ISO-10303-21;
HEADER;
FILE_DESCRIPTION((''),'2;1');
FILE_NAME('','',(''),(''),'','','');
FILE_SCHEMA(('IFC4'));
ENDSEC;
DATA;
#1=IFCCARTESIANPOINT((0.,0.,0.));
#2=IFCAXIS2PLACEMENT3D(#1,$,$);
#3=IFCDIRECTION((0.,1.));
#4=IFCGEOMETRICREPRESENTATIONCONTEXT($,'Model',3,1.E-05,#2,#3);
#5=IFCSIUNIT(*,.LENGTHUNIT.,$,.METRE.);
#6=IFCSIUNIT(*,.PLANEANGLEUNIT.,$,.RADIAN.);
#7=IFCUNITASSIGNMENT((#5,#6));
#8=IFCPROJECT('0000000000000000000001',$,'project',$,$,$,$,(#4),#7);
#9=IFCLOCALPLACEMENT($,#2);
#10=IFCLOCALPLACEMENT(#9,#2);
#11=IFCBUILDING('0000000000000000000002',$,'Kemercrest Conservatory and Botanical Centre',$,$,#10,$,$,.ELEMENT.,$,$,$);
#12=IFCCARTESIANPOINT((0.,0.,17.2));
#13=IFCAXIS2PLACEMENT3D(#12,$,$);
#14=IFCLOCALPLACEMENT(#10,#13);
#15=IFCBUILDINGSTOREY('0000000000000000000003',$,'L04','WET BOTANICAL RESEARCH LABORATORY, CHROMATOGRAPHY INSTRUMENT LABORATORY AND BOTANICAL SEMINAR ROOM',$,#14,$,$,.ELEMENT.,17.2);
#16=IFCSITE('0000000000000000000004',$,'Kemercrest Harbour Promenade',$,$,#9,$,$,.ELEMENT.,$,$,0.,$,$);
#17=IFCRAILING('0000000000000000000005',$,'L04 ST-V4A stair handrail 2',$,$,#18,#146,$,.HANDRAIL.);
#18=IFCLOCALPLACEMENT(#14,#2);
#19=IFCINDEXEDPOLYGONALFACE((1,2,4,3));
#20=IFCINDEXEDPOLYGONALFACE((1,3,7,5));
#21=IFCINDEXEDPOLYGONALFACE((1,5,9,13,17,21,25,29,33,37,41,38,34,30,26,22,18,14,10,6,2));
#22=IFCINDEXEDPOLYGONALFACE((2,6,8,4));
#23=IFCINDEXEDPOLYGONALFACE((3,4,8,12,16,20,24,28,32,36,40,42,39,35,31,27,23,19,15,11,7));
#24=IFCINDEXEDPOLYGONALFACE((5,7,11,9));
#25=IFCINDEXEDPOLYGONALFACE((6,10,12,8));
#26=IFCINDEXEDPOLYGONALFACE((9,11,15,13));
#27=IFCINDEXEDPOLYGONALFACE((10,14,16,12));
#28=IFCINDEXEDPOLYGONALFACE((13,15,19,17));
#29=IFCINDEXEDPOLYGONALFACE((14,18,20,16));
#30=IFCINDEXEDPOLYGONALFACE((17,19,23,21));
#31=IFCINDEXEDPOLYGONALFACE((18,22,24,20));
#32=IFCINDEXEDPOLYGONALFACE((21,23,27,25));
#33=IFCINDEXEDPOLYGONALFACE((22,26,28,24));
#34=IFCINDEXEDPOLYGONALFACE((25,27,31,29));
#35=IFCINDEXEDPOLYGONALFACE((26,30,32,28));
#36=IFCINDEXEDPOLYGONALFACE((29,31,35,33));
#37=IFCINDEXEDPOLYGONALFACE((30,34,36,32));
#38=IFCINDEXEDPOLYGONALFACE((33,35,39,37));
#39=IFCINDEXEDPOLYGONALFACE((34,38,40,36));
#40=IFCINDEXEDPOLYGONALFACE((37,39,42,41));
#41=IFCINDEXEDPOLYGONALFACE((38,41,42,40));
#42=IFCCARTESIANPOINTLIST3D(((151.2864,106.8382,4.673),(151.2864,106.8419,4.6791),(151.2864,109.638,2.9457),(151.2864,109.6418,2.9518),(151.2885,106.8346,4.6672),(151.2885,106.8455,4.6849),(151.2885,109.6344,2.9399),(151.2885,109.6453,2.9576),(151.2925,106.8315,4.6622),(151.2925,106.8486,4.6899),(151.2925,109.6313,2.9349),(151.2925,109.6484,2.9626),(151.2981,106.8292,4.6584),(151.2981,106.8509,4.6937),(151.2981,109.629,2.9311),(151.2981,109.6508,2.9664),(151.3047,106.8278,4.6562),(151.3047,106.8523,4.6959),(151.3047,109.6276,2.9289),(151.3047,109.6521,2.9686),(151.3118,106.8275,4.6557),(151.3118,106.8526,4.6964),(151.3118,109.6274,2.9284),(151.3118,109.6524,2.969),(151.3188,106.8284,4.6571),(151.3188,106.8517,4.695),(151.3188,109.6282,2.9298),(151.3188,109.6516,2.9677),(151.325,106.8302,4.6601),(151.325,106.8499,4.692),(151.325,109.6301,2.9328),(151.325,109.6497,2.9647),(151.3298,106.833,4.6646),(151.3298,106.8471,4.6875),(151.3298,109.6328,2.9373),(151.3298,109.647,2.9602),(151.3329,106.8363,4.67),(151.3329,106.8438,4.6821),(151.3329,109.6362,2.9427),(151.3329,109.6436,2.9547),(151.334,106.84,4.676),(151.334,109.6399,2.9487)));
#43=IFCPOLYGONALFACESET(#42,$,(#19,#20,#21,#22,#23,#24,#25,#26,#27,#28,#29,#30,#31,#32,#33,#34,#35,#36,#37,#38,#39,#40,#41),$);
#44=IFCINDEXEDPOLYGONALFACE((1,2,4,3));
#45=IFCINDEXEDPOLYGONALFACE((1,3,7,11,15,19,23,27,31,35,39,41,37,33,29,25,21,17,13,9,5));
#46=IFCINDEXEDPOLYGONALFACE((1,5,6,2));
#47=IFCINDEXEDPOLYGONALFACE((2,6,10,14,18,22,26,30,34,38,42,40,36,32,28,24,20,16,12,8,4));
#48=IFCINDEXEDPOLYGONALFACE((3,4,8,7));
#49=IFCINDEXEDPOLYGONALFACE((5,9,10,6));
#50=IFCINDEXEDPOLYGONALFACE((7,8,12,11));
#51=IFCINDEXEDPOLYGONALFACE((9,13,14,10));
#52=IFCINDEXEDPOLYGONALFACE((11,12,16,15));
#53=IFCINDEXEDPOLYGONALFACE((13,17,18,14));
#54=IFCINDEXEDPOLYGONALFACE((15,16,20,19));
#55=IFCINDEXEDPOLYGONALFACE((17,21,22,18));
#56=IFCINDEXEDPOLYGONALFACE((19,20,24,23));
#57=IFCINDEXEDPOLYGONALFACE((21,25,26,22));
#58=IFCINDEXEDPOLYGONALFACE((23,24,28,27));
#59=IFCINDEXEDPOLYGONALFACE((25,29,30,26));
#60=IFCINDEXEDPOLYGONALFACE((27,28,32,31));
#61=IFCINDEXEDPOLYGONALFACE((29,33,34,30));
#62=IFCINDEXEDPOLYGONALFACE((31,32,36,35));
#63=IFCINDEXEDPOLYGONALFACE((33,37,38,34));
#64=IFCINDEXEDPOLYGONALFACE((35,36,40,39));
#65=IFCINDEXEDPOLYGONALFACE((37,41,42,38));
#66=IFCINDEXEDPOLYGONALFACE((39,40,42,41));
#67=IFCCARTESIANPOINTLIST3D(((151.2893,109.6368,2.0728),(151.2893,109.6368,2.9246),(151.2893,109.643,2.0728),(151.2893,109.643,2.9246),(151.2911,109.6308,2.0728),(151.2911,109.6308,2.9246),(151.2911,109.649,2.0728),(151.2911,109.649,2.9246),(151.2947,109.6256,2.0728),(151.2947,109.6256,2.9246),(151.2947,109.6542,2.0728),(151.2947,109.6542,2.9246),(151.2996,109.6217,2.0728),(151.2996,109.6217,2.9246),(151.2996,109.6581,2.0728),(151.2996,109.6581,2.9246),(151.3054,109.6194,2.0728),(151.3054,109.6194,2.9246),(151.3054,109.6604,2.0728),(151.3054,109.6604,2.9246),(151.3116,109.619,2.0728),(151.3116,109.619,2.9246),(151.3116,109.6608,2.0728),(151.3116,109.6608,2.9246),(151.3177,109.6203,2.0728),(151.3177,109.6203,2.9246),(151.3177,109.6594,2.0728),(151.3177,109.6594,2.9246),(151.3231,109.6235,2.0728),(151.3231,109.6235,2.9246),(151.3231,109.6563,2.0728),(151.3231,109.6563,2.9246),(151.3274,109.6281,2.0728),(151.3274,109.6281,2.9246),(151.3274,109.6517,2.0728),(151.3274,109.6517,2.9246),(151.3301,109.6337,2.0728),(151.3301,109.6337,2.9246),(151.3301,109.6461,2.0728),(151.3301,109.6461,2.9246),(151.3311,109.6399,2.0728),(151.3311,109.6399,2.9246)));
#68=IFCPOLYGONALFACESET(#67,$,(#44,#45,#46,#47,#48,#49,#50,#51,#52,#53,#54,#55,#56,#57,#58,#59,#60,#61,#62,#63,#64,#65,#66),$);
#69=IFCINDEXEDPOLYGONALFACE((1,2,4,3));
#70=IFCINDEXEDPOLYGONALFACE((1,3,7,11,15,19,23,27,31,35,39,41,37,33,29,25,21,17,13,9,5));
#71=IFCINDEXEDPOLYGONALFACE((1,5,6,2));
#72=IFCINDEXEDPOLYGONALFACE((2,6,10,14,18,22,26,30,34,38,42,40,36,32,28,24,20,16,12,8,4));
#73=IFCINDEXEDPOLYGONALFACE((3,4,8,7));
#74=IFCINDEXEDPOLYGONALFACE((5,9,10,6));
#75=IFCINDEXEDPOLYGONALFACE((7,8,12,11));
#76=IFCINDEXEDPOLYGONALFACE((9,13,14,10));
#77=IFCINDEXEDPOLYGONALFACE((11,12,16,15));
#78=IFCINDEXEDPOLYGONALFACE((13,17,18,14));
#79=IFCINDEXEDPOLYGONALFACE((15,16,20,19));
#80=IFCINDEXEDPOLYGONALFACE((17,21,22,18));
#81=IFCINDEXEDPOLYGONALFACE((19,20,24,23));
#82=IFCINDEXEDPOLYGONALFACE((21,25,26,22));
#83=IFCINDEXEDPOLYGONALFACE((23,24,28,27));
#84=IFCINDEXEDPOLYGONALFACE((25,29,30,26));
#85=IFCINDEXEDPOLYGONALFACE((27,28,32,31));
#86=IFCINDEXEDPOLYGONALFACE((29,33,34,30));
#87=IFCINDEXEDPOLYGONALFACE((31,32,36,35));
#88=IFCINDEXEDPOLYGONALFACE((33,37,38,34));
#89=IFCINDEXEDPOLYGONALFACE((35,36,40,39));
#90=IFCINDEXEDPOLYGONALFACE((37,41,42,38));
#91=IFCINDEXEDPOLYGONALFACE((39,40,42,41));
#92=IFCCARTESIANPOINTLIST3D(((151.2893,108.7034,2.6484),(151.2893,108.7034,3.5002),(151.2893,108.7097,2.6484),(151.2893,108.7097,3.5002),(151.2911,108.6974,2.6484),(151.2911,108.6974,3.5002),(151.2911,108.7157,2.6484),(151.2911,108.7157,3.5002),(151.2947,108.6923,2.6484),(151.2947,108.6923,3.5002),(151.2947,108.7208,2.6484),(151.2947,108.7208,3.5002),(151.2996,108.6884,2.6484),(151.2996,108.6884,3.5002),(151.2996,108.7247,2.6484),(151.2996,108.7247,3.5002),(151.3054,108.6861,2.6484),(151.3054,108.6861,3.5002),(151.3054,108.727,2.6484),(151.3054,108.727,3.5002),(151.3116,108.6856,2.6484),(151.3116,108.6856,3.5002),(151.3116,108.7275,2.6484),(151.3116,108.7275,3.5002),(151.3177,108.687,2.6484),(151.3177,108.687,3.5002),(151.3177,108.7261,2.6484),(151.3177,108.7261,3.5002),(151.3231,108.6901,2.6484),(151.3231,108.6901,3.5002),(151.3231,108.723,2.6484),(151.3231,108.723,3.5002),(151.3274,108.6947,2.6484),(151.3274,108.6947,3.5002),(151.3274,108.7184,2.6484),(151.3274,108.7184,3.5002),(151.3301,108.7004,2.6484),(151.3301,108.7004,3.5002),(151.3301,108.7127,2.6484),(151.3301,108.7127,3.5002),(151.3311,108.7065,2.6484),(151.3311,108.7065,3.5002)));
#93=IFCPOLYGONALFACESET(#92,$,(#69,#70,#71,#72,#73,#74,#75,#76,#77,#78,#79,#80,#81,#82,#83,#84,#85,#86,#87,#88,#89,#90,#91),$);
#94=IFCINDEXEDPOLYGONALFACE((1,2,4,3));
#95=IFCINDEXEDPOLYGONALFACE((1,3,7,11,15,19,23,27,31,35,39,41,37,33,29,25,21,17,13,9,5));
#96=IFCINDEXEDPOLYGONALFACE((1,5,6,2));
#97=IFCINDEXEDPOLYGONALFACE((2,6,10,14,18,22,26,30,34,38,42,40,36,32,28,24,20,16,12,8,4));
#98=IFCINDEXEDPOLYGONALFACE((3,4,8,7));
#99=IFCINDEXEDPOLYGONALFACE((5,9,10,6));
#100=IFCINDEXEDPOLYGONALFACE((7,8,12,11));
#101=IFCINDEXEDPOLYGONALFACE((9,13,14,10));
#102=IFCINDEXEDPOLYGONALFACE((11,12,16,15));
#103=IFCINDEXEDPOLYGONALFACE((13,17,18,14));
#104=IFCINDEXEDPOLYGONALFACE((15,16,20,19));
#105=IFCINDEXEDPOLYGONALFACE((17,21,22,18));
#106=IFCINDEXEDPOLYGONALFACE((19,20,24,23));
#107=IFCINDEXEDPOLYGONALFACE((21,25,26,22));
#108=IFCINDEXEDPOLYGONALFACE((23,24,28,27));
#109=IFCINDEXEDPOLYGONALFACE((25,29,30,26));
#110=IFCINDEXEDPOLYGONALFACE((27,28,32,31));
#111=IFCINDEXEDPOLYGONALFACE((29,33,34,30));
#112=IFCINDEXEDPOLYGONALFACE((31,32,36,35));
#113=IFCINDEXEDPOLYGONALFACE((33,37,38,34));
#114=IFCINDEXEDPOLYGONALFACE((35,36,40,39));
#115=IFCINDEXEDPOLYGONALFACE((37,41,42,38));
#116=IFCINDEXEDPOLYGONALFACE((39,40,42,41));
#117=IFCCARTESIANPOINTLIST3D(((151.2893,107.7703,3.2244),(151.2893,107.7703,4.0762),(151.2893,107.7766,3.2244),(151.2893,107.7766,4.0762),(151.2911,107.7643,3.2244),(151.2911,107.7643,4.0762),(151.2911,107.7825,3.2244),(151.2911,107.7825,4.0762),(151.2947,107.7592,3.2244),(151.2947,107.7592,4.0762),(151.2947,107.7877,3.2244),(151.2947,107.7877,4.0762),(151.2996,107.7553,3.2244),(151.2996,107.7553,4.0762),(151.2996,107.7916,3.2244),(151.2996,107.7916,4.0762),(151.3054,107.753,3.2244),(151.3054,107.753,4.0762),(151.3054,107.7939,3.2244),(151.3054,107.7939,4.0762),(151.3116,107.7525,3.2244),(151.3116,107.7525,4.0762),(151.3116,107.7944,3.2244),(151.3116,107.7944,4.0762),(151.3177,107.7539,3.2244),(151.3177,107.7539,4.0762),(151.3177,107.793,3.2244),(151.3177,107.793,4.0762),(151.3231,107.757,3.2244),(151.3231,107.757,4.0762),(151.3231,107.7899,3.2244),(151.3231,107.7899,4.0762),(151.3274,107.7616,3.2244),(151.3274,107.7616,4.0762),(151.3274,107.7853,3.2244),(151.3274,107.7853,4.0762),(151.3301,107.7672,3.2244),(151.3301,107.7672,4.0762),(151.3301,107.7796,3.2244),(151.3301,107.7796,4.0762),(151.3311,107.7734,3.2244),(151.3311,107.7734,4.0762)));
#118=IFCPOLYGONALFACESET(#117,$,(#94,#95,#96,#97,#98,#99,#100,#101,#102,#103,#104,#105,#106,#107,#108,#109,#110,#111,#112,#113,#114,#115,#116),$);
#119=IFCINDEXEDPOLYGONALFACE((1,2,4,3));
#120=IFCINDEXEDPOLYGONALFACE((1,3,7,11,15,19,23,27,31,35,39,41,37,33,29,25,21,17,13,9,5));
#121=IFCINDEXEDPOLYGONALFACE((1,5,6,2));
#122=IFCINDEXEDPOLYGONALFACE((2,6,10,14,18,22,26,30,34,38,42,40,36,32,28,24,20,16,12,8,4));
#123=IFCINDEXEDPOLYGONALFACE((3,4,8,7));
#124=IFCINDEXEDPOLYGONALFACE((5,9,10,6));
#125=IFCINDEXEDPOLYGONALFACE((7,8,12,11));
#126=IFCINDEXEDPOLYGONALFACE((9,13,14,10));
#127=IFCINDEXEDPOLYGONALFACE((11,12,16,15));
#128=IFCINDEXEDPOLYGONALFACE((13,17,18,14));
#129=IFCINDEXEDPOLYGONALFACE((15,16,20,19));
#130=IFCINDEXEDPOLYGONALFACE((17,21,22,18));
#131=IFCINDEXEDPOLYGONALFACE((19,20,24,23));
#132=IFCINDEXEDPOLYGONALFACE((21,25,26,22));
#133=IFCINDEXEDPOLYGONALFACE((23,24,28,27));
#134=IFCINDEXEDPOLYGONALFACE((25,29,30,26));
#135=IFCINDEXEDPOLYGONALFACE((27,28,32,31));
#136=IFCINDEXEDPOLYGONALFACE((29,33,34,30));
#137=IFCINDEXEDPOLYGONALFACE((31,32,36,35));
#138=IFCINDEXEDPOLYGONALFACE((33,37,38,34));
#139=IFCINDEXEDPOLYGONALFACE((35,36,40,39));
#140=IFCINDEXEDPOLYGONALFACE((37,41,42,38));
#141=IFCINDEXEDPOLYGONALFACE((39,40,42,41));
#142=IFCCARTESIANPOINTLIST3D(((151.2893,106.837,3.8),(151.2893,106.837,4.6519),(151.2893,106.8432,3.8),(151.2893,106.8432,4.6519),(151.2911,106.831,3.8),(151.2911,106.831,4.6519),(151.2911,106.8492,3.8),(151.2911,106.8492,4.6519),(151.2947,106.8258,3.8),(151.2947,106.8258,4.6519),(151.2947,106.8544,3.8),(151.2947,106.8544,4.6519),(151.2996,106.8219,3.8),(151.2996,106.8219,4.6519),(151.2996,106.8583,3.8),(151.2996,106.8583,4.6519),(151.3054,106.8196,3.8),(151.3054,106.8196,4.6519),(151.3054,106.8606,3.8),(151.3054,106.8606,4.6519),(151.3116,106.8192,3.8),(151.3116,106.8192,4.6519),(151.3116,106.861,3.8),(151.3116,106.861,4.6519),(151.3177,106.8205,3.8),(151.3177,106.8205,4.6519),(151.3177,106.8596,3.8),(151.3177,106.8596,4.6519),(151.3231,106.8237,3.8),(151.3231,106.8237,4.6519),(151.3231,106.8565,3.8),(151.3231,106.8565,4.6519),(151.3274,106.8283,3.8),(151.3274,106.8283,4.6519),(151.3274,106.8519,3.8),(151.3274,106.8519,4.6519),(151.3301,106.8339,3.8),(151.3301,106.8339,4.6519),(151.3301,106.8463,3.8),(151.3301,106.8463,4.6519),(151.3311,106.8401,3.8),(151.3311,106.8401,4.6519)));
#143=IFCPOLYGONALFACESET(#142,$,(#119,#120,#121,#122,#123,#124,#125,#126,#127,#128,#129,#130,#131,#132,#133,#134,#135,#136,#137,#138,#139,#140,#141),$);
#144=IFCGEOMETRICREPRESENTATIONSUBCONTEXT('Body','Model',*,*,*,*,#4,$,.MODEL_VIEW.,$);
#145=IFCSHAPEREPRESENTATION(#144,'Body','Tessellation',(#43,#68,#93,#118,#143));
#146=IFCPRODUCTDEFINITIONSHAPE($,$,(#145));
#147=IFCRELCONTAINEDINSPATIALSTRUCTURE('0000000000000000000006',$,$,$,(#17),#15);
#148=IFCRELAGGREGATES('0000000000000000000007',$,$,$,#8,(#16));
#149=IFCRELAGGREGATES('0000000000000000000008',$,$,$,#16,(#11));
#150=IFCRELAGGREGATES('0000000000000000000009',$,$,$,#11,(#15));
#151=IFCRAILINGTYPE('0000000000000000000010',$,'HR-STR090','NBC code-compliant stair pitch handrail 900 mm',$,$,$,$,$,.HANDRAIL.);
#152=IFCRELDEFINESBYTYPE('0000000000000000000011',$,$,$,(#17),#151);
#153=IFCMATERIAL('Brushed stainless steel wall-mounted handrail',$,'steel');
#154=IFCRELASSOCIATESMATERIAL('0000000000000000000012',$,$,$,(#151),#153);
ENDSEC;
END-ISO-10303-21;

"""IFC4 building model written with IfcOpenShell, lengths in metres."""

from ifc_helpers import new_model, si_unit, direction, frame, origin, origin_2d, place, context, subcontext, project, spatial, circle, extrude, material, type_object, element, save


model = new_model("IFC4")

# Units and contexts
model_context = context("Model", 3, precision=1e-05, world=origin(), true_north=direction((0.0, 1.0)))
body_context = subcontext(model_context, "Body", "Model", "MODEL_VIEW")
ifc_project = project(units=[si_unit("LENGTHUNIT", "METRE"), si_unit("PLANEANGLEUNIT", "RADIAN")], contexts=[model_context])

# Site, building, storey
site_placement = place(None, origin())
site = spatial("IfcSite", under=ifc_project, at=site_placement, Name="Kemercrest Harbour Promenade", CompositionType="ELEMENT", RefElevation=0.0)
building_placement = place(site_placement, origin())
building = spatial("IfcBuilding", under=site, at=building_placement, Name="Kemercrest Conservatory and Botanical Centre", CompositionType="ELEMENT")
storey_placement = place(building_placement, frame((0.0, 0.0, 17.2)))
storey = spatial("IfcBuildingStorey", under=building, at=storey_placement, Name="L04", Description="WET BOTANICAL RESEARCH LABORATORY, CHROMATOGRAPHY INSTRUMENT LABORATORY AND BOTANICAL SEMINAR ROOM", CompositionType="ELEMENT", Elevation=17.2)

# Railing
ifc_material_1 = material(Name="Brushed stainless steel wall-mounted handrail", Category="steel")
railing_type_1 = type_object("IfcRailingType", Name="HR-STR090", Description="NBC code-compliant stair pitch handrail 900 mm", PredefinedType="HANDRAIL", material=ifc_material_1)
railing_1_placement = place(storey_placement, frame((151.3101, 109.6399, 2.0728)))
element("IfcRailing", 1, at=railing_1_placement, inside=storey, type_object=railing_type_1, Name="L04 ST-V4A stair handrail 2", PredefinedType="HANDRAIL", context=body_context, shape_type="SweptSolid", body=[
    extrude(circle(Radius=0.0239, at=origin_2d()), frame((0.0, 0.0, 0.876), z_axis=(0.0, -0.851069, 0.525054), x_axis=(1.0, 0.0, 0.0)), (0.0, 0.0, 1.0), 3.2898),
    extrude(circle(Radius=0.021, at=origin_2d()), origin(), (0.0, 0.0, 1.0), 0.8518),
    extrude(circle(Radius=0.021, at=origin_2d()), frame((0.0, -0.9333, 0.5757)), (0.0, 0.0, 1.0), 0.8518),
    extrude(circle(Radius=0.021, at=origin_2d()), frame((0.0, -1.8665, 1.1516)), (0.0, 0.0, 1.0), 0.8518),
    extrude(circle(Radius=0.021, at=origin_2d()), frame((0.0, -2.7998, 1.7273)), (0.0, 0.0, 1.0), 0.8518),
])

save(model, "model.ifc")
